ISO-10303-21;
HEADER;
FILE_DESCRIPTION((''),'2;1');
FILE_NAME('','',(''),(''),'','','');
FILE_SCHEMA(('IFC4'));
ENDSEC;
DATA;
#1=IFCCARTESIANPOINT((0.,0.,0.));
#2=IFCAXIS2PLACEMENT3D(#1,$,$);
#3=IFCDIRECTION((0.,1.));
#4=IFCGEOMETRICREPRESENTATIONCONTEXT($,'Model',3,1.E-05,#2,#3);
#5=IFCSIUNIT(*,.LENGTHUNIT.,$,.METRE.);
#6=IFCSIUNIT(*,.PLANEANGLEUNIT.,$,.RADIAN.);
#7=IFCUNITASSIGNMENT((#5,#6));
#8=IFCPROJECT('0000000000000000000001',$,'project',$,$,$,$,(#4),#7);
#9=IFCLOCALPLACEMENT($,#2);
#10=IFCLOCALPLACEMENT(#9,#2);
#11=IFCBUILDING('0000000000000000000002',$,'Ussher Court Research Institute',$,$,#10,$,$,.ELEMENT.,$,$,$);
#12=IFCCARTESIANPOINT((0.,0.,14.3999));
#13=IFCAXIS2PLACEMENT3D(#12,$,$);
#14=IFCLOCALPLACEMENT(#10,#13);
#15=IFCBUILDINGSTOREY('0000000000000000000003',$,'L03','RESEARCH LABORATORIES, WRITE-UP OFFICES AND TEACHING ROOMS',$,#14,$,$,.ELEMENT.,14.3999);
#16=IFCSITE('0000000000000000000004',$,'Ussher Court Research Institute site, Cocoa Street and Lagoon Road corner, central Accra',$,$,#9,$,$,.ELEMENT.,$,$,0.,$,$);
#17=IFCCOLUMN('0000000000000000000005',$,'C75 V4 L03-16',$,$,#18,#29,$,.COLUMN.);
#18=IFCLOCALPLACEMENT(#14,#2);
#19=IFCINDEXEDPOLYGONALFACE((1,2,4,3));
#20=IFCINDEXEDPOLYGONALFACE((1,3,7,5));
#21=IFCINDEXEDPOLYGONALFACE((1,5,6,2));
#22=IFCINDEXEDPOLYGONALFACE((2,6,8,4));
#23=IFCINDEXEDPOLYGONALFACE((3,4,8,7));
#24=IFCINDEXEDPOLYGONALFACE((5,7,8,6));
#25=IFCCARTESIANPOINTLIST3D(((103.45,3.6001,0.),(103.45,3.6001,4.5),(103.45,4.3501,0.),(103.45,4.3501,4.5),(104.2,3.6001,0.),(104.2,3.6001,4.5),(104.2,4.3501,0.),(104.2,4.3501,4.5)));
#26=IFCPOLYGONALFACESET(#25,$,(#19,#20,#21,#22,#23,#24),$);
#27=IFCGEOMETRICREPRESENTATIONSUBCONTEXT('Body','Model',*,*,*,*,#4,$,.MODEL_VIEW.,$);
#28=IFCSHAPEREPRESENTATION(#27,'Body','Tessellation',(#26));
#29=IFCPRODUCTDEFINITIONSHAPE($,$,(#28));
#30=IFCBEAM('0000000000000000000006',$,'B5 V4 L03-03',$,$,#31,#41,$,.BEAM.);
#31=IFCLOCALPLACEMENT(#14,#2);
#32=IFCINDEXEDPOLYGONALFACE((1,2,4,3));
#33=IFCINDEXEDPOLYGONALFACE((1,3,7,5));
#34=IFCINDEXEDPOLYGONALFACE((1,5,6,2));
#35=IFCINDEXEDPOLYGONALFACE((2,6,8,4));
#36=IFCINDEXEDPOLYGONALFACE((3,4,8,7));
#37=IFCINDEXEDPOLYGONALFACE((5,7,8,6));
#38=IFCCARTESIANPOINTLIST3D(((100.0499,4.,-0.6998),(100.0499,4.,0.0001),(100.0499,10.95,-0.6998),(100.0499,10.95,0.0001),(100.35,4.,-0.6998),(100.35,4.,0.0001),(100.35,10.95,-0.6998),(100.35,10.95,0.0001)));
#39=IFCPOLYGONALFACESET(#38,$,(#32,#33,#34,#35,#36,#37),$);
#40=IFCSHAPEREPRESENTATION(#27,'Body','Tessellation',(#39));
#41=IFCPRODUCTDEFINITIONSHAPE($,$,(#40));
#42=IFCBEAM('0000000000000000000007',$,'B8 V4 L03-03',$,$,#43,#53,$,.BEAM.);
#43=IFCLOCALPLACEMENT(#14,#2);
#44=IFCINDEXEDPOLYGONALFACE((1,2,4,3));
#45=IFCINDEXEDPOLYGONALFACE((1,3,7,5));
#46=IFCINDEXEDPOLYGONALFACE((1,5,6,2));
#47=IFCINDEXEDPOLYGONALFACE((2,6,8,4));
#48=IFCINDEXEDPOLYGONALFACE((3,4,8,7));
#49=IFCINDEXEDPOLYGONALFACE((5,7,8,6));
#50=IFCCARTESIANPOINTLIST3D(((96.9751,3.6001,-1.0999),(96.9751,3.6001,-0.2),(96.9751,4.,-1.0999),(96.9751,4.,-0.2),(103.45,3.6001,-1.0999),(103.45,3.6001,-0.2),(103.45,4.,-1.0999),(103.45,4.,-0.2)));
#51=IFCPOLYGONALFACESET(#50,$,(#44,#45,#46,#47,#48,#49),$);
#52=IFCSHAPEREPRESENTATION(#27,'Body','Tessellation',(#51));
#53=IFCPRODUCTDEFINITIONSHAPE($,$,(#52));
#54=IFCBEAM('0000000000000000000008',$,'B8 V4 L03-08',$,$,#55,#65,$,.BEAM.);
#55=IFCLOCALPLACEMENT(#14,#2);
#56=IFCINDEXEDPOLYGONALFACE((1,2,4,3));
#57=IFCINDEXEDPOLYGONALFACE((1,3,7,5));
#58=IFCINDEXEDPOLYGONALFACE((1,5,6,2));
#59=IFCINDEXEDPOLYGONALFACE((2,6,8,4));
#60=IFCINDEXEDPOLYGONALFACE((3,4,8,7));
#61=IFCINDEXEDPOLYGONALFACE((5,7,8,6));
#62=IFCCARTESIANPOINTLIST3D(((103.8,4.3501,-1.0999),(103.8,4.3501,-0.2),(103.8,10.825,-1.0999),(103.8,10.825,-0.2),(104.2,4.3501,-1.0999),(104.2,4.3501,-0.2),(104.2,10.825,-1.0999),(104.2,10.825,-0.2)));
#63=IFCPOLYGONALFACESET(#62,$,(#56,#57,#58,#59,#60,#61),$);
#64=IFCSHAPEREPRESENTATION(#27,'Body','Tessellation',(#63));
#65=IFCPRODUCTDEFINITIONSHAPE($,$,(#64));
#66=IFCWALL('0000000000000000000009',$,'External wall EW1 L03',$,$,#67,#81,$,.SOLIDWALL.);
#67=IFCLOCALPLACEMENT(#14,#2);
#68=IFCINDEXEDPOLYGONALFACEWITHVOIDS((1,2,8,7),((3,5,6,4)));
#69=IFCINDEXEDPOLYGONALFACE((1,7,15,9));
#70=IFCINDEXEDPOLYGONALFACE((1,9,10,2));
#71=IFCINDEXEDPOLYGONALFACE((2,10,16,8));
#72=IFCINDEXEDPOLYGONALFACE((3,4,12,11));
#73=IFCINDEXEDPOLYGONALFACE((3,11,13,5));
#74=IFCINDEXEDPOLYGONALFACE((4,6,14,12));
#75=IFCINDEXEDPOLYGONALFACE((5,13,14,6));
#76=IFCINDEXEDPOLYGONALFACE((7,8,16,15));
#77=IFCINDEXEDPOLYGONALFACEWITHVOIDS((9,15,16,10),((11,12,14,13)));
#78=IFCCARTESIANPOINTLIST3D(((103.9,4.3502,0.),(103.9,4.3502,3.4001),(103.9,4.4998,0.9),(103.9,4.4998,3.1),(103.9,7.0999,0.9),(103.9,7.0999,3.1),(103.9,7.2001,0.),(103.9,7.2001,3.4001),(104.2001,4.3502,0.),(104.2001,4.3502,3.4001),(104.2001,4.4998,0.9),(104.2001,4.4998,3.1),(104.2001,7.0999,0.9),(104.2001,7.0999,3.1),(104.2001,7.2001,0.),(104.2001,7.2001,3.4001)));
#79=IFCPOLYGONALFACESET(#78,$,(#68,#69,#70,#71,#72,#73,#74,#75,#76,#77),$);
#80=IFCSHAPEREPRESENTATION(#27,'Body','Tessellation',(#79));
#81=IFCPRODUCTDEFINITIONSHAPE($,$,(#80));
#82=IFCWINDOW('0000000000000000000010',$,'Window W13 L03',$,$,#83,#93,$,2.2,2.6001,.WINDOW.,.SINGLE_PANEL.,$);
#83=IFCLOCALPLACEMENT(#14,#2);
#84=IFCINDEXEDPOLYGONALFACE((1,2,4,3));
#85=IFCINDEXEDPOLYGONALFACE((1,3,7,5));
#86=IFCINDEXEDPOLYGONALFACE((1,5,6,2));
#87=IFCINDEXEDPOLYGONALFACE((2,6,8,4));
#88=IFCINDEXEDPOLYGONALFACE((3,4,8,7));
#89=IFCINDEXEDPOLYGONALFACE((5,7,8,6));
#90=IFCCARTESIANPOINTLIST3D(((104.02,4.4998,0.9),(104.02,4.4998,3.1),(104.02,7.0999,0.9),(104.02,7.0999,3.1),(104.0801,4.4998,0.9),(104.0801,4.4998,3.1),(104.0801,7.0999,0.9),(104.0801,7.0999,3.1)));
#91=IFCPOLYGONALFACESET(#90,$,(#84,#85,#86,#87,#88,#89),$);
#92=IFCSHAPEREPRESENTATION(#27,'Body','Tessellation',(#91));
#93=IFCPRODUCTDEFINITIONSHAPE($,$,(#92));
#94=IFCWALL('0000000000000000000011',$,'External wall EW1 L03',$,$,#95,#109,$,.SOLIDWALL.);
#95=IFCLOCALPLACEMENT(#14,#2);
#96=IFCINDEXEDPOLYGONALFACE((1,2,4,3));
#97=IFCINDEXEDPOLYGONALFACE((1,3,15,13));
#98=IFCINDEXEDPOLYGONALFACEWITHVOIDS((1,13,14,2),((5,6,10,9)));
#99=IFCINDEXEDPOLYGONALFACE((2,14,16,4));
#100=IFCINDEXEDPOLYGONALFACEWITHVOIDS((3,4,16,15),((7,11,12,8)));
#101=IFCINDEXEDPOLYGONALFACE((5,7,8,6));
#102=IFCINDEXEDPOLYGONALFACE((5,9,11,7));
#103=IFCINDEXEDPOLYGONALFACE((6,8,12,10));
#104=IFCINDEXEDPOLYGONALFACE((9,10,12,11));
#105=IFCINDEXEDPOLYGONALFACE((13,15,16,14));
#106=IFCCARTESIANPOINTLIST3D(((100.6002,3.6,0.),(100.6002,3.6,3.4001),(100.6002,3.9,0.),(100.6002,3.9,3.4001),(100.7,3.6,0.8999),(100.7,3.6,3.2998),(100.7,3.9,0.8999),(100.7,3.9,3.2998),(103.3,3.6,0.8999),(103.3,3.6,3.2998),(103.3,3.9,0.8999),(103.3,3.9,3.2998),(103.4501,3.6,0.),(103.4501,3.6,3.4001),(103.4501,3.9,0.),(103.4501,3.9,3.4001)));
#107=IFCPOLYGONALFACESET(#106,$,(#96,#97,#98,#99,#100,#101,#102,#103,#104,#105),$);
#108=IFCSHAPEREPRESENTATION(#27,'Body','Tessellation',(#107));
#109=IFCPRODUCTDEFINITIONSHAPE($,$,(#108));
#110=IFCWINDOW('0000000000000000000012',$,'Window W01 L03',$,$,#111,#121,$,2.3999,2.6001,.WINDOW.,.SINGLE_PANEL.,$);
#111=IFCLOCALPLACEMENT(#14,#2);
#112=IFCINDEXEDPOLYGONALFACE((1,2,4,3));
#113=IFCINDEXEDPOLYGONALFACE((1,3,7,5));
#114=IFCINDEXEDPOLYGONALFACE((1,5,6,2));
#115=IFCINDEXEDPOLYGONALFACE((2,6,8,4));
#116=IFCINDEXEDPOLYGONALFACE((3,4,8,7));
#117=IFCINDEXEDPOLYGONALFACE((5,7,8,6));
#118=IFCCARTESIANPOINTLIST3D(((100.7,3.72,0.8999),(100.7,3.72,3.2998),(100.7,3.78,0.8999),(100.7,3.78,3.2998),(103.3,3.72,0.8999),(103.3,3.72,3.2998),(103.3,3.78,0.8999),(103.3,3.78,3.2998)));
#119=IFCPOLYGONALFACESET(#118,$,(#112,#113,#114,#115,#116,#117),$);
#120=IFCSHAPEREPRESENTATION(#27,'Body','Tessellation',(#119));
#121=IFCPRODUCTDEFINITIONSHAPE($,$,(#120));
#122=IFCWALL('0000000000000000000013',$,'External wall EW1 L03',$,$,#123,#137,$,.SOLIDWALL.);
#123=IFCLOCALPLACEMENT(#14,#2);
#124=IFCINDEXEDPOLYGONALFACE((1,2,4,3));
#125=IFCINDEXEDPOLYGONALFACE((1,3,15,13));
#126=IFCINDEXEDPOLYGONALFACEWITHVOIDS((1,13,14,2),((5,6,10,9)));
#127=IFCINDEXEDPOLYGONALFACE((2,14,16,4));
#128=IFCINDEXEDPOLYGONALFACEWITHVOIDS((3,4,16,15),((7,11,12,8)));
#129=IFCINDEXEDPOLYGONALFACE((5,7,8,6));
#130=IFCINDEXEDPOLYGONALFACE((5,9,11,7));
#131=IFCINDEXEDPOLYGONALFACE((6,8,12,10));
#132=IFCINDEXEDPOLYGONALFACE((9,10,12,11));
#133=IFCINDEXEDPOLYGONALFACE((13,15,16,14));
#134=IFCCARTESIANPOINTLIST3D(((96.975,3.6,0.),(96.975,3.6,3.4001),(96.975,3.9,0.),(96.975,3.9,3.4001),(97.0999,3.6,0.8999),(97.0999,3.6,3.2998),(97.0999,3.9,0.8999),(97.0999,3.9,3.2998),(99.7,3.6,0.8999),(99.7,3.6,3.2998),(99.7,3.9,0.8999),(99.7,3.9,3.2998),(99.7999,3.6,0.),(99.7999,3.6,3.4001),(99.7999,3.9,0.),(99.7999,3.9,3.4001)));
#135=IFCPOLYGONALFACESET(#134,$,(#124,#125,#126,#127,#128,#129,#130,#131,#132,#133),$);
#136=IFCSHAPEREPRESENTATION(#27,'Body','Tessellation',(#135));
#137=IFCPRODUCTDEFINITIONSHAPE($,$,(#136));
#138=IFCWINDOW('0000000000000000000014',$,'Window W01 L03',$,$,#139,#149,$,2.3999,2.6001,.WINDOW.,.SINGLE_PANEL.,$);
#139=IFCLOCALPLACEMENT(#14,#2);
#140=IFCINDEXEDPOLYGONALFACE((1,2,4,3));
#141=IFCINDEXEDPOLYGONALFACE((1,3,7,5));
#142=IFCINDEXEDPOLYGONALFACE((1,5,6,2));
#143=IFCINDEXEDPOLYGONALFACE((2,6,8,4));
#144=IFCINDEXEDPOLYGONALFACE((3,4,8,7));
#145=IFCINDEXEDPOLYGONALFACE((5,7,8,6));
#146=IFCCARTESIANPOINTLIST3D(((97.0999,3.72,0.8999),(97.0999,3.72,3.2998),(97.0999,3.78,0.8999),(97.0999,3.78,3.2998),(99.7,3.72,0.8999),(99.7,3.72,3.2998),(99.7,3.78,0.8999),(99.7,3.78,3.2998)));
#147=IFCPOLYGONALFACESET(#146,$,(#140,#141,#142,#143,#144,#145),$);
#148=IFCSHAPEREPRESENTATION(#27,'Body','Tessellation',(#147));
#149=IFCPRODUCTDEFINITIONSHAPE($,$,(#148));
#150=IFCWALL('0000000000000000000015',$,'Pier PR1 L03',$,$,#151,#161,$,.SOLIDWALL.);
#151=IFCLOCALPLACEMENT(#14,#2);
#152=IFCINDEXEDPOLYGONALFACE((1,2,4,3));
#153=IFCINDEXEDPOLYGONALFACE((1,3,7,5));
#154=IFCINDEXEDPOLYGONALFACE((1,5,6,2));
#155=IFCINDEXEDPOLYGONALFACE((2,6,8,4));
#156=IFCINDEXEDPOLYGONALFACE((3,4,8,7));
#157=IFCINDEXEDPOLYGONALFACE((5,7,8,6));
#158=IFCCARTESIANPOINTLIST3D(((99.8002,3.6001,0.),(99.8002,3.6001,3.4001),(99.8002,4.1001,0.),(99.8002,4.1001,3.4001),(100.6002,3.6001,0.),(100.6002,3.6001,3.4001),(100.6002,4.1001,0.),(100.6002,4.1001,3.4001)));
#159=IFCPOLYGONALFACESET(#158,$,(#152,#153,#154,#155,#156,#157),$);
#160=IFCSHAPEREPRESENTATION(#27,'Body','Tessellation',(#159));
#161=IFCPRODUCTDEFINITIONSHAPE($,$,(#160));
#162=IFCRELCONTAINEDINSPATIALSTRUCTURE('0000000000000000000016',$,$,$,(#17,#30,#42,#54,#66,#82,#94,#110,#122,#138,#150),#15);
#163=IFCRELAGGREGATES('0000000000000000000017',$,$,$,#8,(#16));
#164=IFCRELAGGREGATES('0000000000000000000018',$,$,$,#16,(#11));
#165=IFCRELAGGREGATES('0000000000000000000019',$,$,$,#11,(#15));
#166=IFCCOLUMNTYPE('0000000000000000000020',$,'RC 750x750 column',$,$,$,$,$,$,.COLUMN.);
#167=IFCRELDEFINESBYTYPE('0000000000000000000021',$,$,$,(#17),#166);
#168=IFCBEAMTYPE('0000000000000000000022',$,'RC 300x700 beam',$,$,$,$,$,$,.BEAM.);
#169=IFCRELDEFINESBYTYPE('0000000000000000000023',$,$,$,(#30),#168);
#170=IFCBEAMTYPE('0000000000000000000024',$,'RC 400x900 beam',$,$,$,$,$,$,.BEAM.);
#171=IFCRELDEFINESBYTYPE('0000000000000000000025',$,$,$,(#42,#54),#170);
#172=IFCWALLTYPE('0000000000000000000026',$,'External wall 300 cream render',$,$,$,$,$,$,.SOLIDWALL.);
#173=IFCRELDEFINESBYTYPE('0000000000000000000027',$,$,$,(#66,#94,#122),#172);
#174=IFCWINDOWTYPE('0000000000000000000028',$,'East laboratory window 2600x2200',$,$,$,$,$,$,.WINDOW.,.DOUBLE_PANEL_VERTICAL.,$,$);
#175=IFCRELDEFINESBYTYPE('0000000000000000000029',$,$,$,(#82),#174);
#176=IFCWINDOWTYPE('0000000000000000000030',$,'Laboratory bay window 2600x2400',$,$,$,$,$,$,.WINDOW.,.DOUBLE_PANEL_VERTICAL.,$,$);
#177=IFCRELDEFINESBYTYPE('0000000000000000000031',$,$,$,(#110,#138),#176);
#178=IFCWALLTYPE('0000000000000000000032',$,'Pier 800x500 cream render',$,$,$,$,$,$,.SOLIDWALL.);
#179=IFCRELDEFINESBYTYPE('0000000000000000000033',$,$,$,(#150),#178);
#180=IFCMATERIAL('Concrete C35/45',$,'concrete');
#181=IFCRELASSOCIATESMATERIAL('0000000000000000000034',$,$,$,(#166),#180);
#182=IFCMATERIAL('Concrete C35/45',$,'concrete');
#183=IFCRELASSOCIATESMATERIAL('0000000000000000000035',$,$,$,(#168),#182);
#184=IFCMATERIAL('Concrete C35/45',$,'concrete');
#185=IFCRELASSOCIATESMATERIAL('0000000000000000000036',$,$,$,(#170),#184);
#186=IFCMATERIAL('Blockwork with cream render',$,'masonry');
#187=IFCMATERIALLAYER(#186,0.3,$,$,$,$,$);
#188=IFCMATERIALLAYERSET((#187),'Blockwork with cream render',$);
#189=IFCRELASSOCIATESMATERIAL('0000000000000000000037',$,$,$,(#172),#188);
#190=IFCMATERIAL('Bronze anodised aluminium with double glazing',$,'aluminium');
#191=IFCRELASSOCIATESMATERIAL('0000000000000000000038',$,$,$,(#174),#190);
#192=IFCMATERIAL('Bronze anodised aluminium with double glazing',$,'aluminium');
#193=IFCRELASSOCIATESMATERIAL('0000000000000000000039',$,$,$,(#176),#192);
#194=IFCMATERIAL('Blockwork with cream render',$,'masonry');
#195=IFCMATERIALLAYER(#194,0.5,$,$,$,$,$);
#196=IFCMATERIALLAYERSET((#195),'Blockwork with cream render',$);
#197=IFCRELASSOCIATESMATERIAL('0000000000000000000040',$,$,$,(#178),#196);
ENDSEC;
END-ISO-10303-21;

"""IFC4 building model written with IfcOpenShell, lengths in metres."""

from ifc_helpers import new_model, si_unit, direction, frame, frame_2d, origin, origin_2d, place, context, subcontext, project, spatial, rectangle, extrude, material, layer, layer_set, material_profile, profile_set, type_object, element, fill, save


model = new_model("IFC4")

# Units and contexts
model_context = context("Model", 3, precision=1e-05, world=origin(), true_north=direction((0.0, 1.0)))
body_context = subcontext(model_context, "Body", "Model", "MODEL_VIEW")
ifc_project = project(units=[si_unit("LENGTHUNIT", "METRE"), si_unit("PLANEANGLEUNIT", "RADIAN")], contexts=[model_context])

# Site, building, storey
site_placement = place(None, origin())
site = spatial("IfcSite", under=ifc_project, at=site_placement, Name="Ussher Court Research Institute site, Cocoa Street and Lagoon Road corner, central Accra", CompositionType="ELEMENT", RefElevation=0.0)
building_placement = place(site_placement, origin())
building = spatial("IfcBuilding", under=site, at=building_placement, Name="Ussher Court Research Institute", CompositionType="ELEMENT")
storey_placement = place(building_placement, frame((0.0, 0.0, 14.3999)))
storey = spatial("IfcBuildingStorey", under=building, at=storey_placement, Name="L03", Description="RESEARCH LABORATORIES, WRITE-UP OFFICES AND TEACHING ROOMS", CompositionType="ELEMENT", Elevation=14.3999)

# Column
ifc_material_1 = material(Name="Concrete C35/45", Category="concrete")
ifc_material_profile_1 = material_profile(ifc_material_1, rectangle(XDim=0.75, YDim=0.75, at=origin_2d()), Name="RC 750x750")
ifc_profile_set_1 = profile_set([ifc_material_profile_1], Name="Concrete C35/45")
column_type = type_object("IfcColumnType", Name="RC 750x750 column", PredefinedType="COLUMN", material=ifc_profile_set_1)
column_placement = place(storey_placement, frame((103.825, 3.9751, 0.0), z_axis=(0.0, 0.0, 1.0), x_axis=(1.0, 0.0, 0.0)))
element("IfcColumn", 1, at=column_placement, inside=storey, type_object=column_type, Name="C75 V4 L03-16", PredefinedType="COLUMN", context=body_context, shape_type="SweptSolid", body=[
    extrude(rectangle(XDim=0.75, YDim=0.75, at=origin_2d()), origin(), (0.0, 0.0, 1.0), 4.5),
])

# Beams
ifc_material_2 = material(Name="Concrete C35/45", Category="concrete")
ifc_material_profile_2 = material_profile(ifc_material_2, rectangle(XDim=0.3, YDim=0.7, at=origin_2d()), Name="RC 300x700")
ifc_profile_set_2 = profile_set([ifc_material_profile_2], Name="Concrete C35/45")
beam_type_1 = type_object("IfcBeamType", Name="RC 300x700 beam", PredefinedType="BEAM", material=ifc_profile_set_2)
beam_placement = place(storey_placement, frame((100.2, 4.0, -0.3499), z_axis=(0.0, 1.0, 0.0), x_axis=(-1.0, 0.0, 0.0)))
element("IfcBeam", 2, at=beam_placement, inside=storey, type_object=beam_type_1, Name="B5 V4 L03-03", PredefinedType="BEAM", context=body_context, shape_type="SweptSolid", body=[
    extrude(rectangle(XDim=0.3, YDim=0.7, at=origin_2d()), origin(), (0.0, 0.0, 1.0), 6.95),
])
ifc_material_3 = material(Name="Concrete C35/45", Category="concrete")
ifc_material_profile_3 = material_profile(ifc_material_3, rectangle(XDim=0.3999, YDim=0.8999, at=origin_2d()), Name="RC 400x900")
ifc_profile_set_3 = profile_set([ifc_material_profile_3], Name="Concrete C35/45")
beam_type_2 = type_object("IfcBeamType", Name="RC 400x900 beam", PredefinedType="BEAM", material=ifc_profile_set_3)
for number, where, z_axis, x_axis, name in (
    (3, (96.9751, 3.8, -0.6499), (1.0, 0.0, 0.0), (0.0, 1.0, 0.0), "B8 V4 L03-03"),
    (4, (104.0, 4.3501, -0.6499), (0.0, 1.0, 0.0), (-1.0, 0.0, 0.0), "B8 V4 L03-08"),
):
    element("IfcBeam", number, at=place(storey_placement, frame(where, z_axis=z_axis, x_axis=x_axis)), inside=storey, type_object=beam_type_2, Name=name, PredefinedType="BEAM", context=body_context, shape_type="SweptSolid", body=[
        extrude(rectangle(XDim=0.3999, YDim=0.8999, at=origin_2d()), origin(), (0.0, 0.0, 1.0), 6.4749),
    ])

# Walls, openings, windows
ifc_material_4 = material(Name="Blockwork with cream render", Category="masonry")
ifc_layer_1 = layer(ifc_material_4, 0.3)
ifc_layer_set_1 = layer_set([ifc_layer_1], Name="Blockwork with cream render")
wall_type_1 = type_object("IfcWallType", Name="External wall 300 cream render", PredefinedType="SOLIDWALL", material=ifc_layer_set_1)
wall_1_placement = place(storey_placement, frame((104.05, 7.2, 0.0), z_axis=(0.0, 0.0, 1.0), x_axis=(0.0, -1.0, 0.0)))
wall_1 = element("IfcWall", 5, at=wall_1_placement, inside=storey, type_object=wall_type_1, Name="External wall EW1 L03", PredefinedType="SOLIDWALL", context=body_context, shape_type="SweptSolid", body=[
    extrude(rectangle(XDim=2.8499, YDim=0.3, at=frame_2d((1.4248, 0.0))), origin(), (0.0, 0.0, 1.0), 3.4001),
])
opening_1_placement = place(wall_1_placement, frame((0.1001, 0.0, 0.8999)))
opening_1 = element("IfcOpeningElement", 6, at=opening_1_placement, cuts=wall_1, PredefinedType="OPENING", context=body_context, shape_type="SweptSolid", body=[
    extrude(rectangle(XDim=2.6001, YDim=2.2, at=frame_2d((1.3, 1.1001))), frame((0.0, 0.1602, 0.0), z_axis=(0.0, -1.0, 0.0), x_axis=(1.0, 0.0, 0.0)), (0.0, 0.0, 1.0), 0.3201),
])
ifc_material_5 = material(Name="Bronze anodised aluminium with double glazing", Category="aluminium")
window_type_1 = type_object("IfcWindowType", Name="East laboratory window 2600x2200", PartitioningType="DOUBLE_PANEL_VERTICAL", PredefinedType="WINDOW", material=ifc_material_5)
window_1_placement = place(opening_1_placement, origin())
window_1 = element("IfcWindow", 7, at=window_1_placement, inside=storey, type_object=window_type_1, Name="Window W13 L03", OverallHeight=2.2, OverallWidth=2.6001, PartitioningType="SINGLE_PANEL", PredefinedType="WINDOW", context=body_context, shape_type="SweptSolid", body=[
    extrude(rectangle(XDim=2.6001, YDim=2.2, at=frame_2d((1.3, 1.1001))), frame((0.0, 0.03, 0.0), z_axis=(0.0, -1.0, 0.0), x_axis=(1.0, 0.0, 0.0)), (0.0, 0.0, 1.0), 0.0601),
])
fill(opening_1, window_1)
wall_2_placement = place(storey_placement, frame((103.45, 3.75, 0.0), z_axis=(0.0, 0.0, 1.0), x_axis=(-1.0, 0.0, 0.0)))
wall_2 = element("IfcWall", 8, at=wall_2_placement, inside=storey, type_object=wall_type_1, Name="External wall EW1 L03", PredefinedType="SOLIDWALL", context=body_context, shape_type="SweptSolid", body=[
    extrude(rectangle(XDim=2.8499, YDim=0.3, at=frame_2d((1.4248, 0.0))), origin(), (0.0, 0.0, 1.0), 3.4001),
])
opening_2_placement = place(wall_2_placement, frame((0.1499, 0.0, 0.8999)))
opening_2 = element("IfcOpeningElement", 9, at=opening_2_placement, cuts=wall_2, PredefinedType="OPENING", context=body_context, shape_type="SweptSolid", body=[
    extrude(rectangle(XDim=2.6001, YDim=2.3999, at=frame_2d((1.3, 1.2))), frame((0.0, 0.1602, 0.0), z_axis=(0.0, -1.0, 0.0), x_axis=(1.0, 0.0, 0.0)), (0.0, 0.0, 1.0), 0.3201),
])
ifc_material_6 = material(Name="Bronze anodised aluminium with double glazing", Category="aluminium")
window_type_2 = type_object("IfcWindowType", Name="Laboratory bay window 2600x2400", PartitioningType="DOUBLE_PANEL_VERTICAL", PredefinedType="WINDOW", material=ifc_material_6)
window_2_placement = place(opening_2_placement, origin())
window_2 = element("IfcWindow", 10, at=window_2_placement, inside=storey, type_object=window_type_2, Name="Window W01 L03", OverallHeight=2.3999, OverallWidth=2.6001, PartitioningType="SINGLE_PANEL", PredefinedType="WINDOW", context=body_context, shape_type="SweptSolid", body=[
    extrude(rectangle(XDim=2.6001, YDim=2.3999, at=frame_2d((1.3, 1.2))), frame((0.0, 0.03, 0.0), z_axis=(0.0, -1.0, 0.0), x_axis=(1.0, 0.0, 0.0)), (0.0, 0.0, 1.0), 0.0601),
])
fill(opening_2, window_2)
wall_3_placement = place(storey_placement, frame((99.8, 3.75, 0.0), z_axis=(0.0, 0.0, 1.0), x_axis=(-1.0, 0.0, 0.0)))
wall_3 = element("IfcWall", 11, at=wall_3_placement, inside=storey, type_object=wall_type_1, Name="External wall EW1 L03", PredefinedType="SOLIDWALL", context=body_context, shape_type="SweptSolid", body=[
    extrude(rectangle(XDim=2.825, YDim=0.3, at=frame_2d((1.4126, 0.0))), origin(), (0.0, 0.0, 1.0), 3.4001),
])
opening_3_placement = place(wall_3_placement, frame((0.1001, 0.0, 0.8999)))
opening_3 = element("IfcOpeningElement", 12, at=opening_3_placement, cuts=wall_3, PredefinedType="OPENING", context=body_context, shape_type="SweptSolid", body=[
    extrude(rectangle(XDim=2.6001, YDim=2.3999, at=frame_2d((1.3, 1.2))), frame((0.0, 0.1602, 0.0), z_axis=(0.0, -1.0, 0.0), x_axis=(1.0, 0.0, 0.0)), (0.0, 0.0, 1.0), 0.3201),
])
window_3_placement = place(opening_3_placement, origin())
window_3 = element("IfcWindow", 13, at=window_3_placement, inside=storey, type_object=window_type_2, Name="Window W01 L03", OverallHeight=2.3999, OverallWidth=2.6001, PartitioningType="SINGLE_PANEL", PredefinedType="WINDOW", context=body_context, shape_type="SweptSolid", body=[
    extrude(rectangle(XDim=2.6001, YDim=2.3999, at=frame_2d((1.3, 1.2))), frame((0.0, 0.03, 0.0), z_axis=(0.0, -1.0, 0.0), x_axis=(1.0, 0.0, 0.0)), (0.0, 0.0, 1.0), 0.0601),
])
fill(opening_3, window_3)

# Wall
ifc_material_7 = material(Name="Blockwork with cream render", Category="masonry")
ifc_layer_2 = layer(ifc_material_7, 0.5)
ifc_layer_set_2 = layer_set([ifc_layer_2], Name="Blockwork with cream render")
wall_type_2 = type_object("IfcWallType", Name="Pier 800x500 cream render", PredefinedType="SOLIDWALL", material=ifc_layer_set_2)
wall_4_placement = place(storey_placement, frame((100.6001, 3.8501, 0.0), z_axis=(0.0, 0.0, 1.0), x_axis=(-1.0, 0.0, 0.0)))
element("IfcWall", 14, at=wall_4_placement, inside=storey, type_object=wall_type_2, Name="Pier PR1 L03", PredefinedType="SOLIDWALL", context=body_context, shape_type="SweptSolid", body=[
    extrude(rectangle(XDim=0.8, YDim=0.5, at=frame_2d((0.3999, 0.0))), origin(), (0.0, 0.0, 1.0), 3.4001),
])

save(model, "model.ifc")
